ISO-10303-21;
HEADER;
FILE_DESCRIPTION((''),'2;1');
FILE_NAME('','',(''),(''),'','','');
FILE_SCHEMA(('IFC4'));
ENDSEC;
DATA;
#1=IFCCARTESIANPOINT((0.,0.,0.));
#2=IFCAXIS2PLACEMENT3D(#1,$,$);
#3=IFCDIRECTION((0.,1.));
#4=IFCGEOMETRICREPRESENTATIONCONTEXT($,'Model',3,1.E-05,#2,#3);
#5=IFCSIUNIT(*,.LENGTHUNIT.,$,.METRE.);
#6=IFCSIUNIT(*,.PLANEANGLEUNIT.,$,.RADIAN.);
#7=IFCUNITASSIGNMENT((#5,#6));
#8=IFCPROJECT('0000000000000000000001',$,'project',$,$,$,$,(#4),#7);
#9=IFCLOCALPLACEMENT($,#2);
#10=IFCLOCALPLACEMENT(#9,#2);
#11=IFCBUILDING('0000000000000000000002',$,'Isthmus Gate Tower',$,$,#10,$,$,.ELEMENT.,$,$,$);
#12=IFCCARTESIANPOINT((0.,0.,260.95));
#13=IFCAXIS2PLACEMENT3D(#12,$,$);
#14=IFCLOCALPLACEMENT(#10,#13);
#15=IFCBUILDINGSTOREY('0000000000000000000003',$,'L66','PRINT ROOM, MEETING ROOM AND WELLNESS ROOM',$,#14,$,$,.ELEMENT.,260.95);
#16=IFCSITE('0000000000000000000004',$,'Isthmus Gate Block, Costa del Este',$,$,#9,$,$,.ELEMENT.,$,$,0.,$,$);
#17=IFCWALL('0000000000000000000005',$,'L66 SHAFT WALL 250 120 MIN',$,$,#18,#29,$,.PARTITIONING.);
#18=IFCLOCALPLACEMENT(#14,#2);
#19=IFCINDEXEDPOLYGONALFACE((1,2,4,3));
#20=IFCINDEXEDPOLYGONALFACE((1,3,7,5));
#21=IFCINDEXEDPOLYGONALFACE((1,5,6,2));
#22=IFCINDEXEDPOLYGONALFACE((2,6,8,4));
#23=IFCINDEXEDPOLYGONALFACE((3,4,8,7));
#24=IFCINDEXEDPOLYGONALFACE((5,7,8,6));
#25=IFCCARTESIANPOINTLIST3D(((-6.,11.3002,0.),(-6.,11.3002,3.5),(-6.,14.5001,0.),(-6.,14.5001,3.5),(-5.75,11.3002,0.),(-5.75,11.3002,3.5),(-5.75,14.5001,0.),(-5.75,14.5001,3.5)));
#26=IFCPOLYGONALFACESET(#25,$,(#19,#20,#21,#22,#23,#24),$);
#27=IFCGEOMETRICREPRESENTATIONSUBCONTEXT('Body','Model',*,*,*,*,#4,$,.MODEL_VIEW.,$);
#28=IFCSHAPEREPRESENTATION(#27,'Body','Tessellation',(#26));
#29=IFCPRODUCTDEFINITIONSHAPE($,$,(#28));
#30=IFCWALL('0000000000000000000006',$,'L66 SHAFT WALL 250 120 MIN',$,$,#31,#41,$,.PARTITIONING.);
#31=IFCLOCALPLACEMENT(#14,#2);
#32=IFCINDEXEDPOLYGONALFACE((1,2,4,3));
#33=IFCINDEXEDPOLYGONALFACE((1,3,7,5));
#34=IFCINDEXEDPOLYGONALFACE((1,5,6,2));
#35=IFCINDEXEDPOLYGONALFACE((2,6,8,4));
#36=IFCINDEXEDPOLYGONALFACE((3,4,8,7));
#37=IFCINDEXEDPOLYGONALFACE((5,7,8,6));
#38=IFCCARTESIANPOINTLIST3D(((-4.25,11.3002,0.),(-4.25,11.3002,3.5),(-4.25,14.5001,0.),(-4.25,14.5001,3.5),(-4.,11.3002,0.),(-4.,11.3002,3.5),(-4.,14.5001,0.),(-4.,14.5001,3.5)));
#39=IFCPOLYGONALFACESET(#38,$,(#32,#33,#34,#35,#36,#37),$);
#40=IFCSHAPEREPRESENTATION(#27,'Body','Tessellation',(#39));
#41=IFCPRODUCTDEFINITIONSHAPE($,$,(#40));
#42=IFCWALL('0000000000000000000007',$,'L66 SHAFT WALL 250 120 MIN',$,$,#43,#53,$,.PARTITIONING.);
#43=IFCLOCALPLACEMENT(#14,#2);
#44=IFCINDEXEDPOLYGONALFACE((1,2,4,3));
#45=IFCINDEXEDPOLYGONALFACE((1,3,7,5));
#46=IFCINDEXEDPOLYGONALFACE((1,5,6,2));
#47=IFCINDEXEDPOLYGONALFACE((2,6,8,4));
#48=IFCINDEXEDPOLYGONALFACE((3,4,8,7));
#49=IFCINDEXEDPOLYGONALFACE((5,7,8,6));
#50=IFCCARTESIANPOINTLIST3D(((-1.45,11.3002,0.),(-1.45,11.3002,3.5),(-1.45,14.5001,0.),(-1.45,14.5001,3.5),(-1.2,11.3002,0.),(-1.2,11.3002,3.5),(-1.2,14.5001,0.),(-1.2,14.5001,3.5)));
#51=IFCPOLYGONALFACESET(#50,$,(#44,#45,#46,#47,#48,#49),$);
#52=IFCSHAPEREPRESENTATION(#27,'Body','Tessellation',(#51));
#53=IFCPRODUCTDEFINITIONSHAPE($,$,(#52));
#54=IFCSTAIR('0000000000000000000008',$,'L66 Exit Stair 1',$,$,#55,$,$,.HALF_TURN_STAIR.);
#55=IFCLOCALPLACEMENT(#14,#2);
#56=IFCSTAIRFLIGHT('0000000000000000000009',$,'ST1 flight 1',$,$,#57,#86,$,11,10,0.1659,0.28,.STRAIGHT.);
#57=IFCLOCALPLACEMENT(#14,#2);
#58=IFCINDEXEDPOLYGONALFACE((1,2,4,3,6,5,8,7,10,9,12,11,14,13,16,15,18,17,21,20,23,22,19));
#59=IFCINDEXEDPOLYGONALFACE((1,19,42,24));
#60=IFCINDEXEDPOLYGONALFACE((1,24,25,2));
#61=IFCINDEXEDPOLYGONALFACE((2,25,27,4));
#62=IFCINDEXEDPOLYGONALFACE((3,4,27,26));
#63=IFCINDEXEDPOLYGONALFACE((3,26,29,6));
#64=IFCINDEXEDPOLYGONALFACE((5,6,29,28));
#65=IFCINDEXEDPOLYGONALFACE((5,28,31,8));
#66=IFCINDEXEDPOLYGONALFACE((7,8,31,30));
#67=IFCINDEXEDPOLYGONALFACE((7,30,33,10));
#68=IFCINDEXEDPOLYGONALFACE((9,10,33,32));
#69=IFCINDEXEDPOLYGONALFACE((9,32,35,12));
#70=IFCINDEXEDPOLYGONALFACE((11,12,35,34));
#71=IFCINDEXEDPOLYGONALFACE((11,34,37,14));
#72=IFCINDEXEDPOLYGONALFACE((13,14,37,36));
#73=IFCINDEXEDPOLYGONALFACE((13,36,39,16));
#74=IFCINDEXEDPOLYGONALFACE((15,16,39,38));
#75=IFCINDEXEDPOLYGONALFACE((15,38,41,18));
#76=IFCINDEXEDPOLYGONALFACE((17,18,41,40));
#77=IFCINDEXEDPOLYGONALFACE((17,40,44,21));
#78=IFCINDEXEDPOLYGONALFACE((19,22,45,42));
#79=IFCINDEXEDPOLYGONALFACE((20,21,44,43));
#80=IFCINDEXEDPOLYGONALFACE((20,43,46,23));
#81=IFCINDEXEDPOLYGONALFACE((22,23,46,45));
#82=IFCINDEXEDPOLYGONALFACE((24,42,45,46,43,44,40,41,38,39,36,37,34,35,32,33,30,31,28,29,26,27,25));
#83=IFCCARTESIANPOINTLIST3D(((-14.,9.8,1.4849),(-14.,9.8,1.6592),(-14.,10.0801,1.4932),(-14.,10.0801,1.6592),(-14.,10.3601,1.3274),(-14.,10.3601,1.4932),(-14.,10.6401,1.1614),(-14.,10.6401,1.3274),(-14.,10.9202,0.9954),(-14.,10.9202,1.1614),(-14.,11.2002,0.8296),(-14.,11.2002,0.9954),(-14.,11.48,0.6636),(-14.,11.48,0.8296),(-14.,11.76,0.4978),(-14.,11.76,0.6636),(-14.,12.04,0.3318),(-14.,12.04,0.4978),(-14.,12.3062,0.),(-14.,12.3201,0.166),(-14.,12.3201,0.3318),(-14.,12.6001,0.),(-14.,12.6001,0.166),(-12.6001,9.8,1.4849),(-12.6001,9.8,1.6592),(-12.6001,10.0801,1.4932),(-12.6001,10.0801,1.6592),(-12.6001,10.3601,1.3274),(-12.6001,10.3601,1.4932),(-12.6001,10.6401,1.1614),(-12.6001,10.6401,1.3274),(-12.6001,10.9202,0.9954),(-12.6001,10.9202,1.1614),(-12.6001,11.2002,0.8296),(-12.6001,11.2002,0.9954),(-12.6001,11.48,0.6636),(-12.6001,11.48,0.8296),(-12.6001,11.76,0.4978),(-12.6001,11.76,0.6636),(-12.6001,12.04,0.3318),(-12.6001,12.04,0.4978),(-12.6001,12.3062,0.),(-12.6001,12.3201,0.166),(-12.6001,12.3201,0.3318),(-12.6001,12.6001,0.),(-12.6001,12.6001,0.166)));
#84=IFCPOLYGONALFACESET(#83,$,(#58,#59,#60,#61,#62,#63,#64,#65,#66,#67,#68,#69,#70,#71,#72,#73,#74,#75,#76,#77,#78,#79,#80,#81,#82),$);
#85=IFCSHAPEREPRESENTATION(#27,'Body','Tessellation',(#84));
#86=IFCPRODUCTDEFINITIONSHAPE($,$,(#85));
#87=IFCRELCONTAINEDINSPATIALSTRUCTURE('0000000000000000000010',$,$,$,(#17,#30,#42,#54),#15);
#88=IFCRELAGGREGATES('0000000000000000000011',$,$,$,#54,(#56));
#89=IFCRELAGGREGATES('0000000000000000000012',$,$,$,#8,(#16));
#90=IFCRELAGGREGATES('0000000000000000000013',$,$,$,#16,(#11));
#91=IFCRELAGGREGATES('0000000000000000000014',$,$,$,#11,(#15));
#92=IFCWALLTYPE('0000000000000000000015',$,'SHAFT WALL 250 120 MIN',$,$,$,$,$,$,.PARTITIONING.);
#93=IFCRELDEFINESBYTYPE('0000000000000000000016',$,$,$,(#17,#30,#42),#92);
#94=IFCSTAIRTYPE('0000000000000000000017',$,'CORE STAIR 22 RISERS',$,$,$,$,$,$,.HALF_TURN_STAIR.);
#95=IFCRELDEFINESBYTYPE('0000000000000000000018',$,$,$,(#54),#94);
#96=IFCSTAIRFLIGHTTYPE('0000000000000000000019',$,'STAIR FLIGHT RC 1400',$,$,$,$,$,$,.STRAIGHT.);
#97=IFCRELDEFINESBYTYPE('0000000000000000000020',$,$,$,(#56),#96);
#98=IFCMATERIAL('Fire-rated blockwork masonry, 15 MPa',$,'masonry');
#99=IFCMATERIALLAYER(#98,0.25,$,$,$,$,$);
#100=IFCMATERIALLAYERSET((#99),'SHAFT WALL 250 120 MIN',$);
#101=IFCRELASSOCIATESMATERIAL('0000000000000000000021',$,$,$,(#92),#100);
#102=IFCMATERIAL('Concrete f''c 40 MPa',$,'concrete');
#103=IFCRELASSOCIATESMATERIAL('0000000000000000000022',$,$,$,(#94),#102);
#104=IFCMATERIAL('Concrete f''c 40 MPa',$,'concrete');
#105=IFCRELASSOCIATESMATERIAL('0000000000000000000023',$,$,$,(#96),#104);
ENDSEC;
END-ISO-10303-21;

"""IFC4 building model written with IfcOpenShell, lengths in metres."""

from ifc_helpers import new_model, si_unit, direction, frame, frame_2d, origin, place, context, subcontext, project, spatial, polyline, rectangle, outline, extrude, material, layer, layer_set, type_object, element, aggregate, save


model = new_model("IFC4")

# Units and contexts
model_context = context("Model", 3, precision=1e-05, world=origin(), true_north=direction((0.0, 1.0)))
body_context = subcontext(model_context, "Body", "Model", "MODEL_VIEW")
ifc_project = project(units=[si_unit("LENGTHUNIT", "METRE"), si_unit("PLANEANGLEUNIT", "RADIAN")], contexts=[model_context])

# Site, building, storey
site_placement = place(None, origin())
site = spatial("IfcSite", under=ifc_project, at=site_placement, Name="Isthmus Gate Block, Costa del Este", CompositionType="ELEMENT", RefElevation=0.0)
building_placement = place(site_placement, origin())
building = spatial("IfcBuilding", under=site, at=building_placement, Name="Isthmus Gate Tower", CompositionType="ELEMENT")
storey_placement = place(building_placement, frame((0.0, 0.0, 260.95)))
storey = spatial("IfcBuildingStorey", under=building, at=storey_placement, Name="L66", Description="PRINT ROOM, MEETING ROOM AND WELLNESS ROOM", CompositionType="ELEMENT", Elevation=260.95)

# Walls
ifc_material_1 = material(Name="Fire-rated blockwork masonry, 15 MPa", Category="masonry")
ifc_layer_1 = layer(ifc_material_1, 0.25)
ifc_layer_set_1 = layer_set([ifc_layer_1], Name="SHAFT WALL 250 120 MIN")
wall_type_1 = type_object("IfcWallType", Name="SHAFT WALL 250 120 MIN", PredefinedType="PARTITIONING", material=ifc_layer_set_1)
for number, where, z_axis, x_axis, name in (
    (1, (-5.875, 11.3, 0.0), (0.0, 0.0, 1.0), (0.0, 1.0, 0.0), "L66 SHAFT WALL 250 120 MIN"),
    (2, (-4.125, 11.3, 0.0), (0.0, 0.0, 1.0), (0.0, 1.0, 0.0), "L66 SHAFT WALL 250 120 MIN"),
    (3, (-1.325, 11.3, 0.0), (0.0, 0.0, 1.0), (0.0, 1.0, 0.0), "L66 SHAFT WALL 250 120 MIN"),
):
    element("IfcWall", number, at=place(storey_placement, frame(where, z_axis=z_axis, x_axis=x_axis)), inside=storey, type_object=wall_type_1, Name=name, PredefinedType="PARTITIONING", context=body_context, shape_type="SweptSolid", body=[
        extrude(rectangle(XDim=3.2, YDim=0.25, at=frame_2d((1.6001, 0.0))), origin(), (0.0, 0.0, 1.0), 3.5),
    ])

# Stair, stair flight
ifc_material_2 = material(Name="Concrete f'c 40 MPa", Category="concrete")
stair_type = type_object("IfcStairType", Name="CORE STAIR 22 RISERS", PredefinedType="HALF_TURN_STAIR", material=ifc_material_2)
stair_placement = place(storey_placement, origin())
stair = element("IfcStair", 4, at=stair_placement, inside=storey, type_object=stair_type, Name="L66 Exit Stair 1", PredefinedType="HALF_TURN_STAIR")
ifc_material_3 = material(Name="Concrete f'c 40 MPa", Category="concrete")
stair_flight_type = type_object("IfcStairFlightType", Name="STAIR FLIGHT RC 1400", PredefinedType="STRAIGHT", material=ifc_material_3)
stair_flight_placement = place(storey_placement, frame((-13.3, 12.6001, 0.0), z_axis=(0.0, 0.0, 1.0), x_axis=(0.0, -1.0, 0.0)))
stair_flight = element("IfcStairFlight", 5, at=stair_flight_placement, type_object=stair_flight_type, Name="ST1 flight 1", NumberOfRisers=11, NumberOfTreads=10, PredefinedType="STRAIGHT", RiserHeight=0.1659, TreadLength=0.28, context=body_context, shape_type="SweptSolid", body=[
    extrude(outline(polyline([(0.0, 0.0), (0.0, 0.166), (0.28, 0.166), (0.28, 0.3318), (0.5601, 0.3318), (0.5601, 0.4978), (0.8401, 0.4978), (0.8401, 0.6636), (1.1201, 0.6636), (1.1201, 0.8296), (1.3999, 0.8296), (1.3999, 0.9954), (1.6799, 0.9954), (1.6799, 1.1614), (1.96, 1.1614), (1.96, 1.3274), (2.24, 1.3274), (2.24, 1.4932), (2.52, 1.4932), (2.52, 1.6592), (2.8, 1.6592), (2.8, 1.825), (2.8, 1.4849), (0.2939, 0.0), (0.0, 0.0)])), frame((0.0, 0.7, 0.0), z_axis=(0.0, -1.0, 0.0), x_axis=(1.0, 0.0, 0.0)), (0.0, 0.0, 1.0), 1.3999),
])
aggregate(stair, [stair_flight])

save(model, "model.ifc")
